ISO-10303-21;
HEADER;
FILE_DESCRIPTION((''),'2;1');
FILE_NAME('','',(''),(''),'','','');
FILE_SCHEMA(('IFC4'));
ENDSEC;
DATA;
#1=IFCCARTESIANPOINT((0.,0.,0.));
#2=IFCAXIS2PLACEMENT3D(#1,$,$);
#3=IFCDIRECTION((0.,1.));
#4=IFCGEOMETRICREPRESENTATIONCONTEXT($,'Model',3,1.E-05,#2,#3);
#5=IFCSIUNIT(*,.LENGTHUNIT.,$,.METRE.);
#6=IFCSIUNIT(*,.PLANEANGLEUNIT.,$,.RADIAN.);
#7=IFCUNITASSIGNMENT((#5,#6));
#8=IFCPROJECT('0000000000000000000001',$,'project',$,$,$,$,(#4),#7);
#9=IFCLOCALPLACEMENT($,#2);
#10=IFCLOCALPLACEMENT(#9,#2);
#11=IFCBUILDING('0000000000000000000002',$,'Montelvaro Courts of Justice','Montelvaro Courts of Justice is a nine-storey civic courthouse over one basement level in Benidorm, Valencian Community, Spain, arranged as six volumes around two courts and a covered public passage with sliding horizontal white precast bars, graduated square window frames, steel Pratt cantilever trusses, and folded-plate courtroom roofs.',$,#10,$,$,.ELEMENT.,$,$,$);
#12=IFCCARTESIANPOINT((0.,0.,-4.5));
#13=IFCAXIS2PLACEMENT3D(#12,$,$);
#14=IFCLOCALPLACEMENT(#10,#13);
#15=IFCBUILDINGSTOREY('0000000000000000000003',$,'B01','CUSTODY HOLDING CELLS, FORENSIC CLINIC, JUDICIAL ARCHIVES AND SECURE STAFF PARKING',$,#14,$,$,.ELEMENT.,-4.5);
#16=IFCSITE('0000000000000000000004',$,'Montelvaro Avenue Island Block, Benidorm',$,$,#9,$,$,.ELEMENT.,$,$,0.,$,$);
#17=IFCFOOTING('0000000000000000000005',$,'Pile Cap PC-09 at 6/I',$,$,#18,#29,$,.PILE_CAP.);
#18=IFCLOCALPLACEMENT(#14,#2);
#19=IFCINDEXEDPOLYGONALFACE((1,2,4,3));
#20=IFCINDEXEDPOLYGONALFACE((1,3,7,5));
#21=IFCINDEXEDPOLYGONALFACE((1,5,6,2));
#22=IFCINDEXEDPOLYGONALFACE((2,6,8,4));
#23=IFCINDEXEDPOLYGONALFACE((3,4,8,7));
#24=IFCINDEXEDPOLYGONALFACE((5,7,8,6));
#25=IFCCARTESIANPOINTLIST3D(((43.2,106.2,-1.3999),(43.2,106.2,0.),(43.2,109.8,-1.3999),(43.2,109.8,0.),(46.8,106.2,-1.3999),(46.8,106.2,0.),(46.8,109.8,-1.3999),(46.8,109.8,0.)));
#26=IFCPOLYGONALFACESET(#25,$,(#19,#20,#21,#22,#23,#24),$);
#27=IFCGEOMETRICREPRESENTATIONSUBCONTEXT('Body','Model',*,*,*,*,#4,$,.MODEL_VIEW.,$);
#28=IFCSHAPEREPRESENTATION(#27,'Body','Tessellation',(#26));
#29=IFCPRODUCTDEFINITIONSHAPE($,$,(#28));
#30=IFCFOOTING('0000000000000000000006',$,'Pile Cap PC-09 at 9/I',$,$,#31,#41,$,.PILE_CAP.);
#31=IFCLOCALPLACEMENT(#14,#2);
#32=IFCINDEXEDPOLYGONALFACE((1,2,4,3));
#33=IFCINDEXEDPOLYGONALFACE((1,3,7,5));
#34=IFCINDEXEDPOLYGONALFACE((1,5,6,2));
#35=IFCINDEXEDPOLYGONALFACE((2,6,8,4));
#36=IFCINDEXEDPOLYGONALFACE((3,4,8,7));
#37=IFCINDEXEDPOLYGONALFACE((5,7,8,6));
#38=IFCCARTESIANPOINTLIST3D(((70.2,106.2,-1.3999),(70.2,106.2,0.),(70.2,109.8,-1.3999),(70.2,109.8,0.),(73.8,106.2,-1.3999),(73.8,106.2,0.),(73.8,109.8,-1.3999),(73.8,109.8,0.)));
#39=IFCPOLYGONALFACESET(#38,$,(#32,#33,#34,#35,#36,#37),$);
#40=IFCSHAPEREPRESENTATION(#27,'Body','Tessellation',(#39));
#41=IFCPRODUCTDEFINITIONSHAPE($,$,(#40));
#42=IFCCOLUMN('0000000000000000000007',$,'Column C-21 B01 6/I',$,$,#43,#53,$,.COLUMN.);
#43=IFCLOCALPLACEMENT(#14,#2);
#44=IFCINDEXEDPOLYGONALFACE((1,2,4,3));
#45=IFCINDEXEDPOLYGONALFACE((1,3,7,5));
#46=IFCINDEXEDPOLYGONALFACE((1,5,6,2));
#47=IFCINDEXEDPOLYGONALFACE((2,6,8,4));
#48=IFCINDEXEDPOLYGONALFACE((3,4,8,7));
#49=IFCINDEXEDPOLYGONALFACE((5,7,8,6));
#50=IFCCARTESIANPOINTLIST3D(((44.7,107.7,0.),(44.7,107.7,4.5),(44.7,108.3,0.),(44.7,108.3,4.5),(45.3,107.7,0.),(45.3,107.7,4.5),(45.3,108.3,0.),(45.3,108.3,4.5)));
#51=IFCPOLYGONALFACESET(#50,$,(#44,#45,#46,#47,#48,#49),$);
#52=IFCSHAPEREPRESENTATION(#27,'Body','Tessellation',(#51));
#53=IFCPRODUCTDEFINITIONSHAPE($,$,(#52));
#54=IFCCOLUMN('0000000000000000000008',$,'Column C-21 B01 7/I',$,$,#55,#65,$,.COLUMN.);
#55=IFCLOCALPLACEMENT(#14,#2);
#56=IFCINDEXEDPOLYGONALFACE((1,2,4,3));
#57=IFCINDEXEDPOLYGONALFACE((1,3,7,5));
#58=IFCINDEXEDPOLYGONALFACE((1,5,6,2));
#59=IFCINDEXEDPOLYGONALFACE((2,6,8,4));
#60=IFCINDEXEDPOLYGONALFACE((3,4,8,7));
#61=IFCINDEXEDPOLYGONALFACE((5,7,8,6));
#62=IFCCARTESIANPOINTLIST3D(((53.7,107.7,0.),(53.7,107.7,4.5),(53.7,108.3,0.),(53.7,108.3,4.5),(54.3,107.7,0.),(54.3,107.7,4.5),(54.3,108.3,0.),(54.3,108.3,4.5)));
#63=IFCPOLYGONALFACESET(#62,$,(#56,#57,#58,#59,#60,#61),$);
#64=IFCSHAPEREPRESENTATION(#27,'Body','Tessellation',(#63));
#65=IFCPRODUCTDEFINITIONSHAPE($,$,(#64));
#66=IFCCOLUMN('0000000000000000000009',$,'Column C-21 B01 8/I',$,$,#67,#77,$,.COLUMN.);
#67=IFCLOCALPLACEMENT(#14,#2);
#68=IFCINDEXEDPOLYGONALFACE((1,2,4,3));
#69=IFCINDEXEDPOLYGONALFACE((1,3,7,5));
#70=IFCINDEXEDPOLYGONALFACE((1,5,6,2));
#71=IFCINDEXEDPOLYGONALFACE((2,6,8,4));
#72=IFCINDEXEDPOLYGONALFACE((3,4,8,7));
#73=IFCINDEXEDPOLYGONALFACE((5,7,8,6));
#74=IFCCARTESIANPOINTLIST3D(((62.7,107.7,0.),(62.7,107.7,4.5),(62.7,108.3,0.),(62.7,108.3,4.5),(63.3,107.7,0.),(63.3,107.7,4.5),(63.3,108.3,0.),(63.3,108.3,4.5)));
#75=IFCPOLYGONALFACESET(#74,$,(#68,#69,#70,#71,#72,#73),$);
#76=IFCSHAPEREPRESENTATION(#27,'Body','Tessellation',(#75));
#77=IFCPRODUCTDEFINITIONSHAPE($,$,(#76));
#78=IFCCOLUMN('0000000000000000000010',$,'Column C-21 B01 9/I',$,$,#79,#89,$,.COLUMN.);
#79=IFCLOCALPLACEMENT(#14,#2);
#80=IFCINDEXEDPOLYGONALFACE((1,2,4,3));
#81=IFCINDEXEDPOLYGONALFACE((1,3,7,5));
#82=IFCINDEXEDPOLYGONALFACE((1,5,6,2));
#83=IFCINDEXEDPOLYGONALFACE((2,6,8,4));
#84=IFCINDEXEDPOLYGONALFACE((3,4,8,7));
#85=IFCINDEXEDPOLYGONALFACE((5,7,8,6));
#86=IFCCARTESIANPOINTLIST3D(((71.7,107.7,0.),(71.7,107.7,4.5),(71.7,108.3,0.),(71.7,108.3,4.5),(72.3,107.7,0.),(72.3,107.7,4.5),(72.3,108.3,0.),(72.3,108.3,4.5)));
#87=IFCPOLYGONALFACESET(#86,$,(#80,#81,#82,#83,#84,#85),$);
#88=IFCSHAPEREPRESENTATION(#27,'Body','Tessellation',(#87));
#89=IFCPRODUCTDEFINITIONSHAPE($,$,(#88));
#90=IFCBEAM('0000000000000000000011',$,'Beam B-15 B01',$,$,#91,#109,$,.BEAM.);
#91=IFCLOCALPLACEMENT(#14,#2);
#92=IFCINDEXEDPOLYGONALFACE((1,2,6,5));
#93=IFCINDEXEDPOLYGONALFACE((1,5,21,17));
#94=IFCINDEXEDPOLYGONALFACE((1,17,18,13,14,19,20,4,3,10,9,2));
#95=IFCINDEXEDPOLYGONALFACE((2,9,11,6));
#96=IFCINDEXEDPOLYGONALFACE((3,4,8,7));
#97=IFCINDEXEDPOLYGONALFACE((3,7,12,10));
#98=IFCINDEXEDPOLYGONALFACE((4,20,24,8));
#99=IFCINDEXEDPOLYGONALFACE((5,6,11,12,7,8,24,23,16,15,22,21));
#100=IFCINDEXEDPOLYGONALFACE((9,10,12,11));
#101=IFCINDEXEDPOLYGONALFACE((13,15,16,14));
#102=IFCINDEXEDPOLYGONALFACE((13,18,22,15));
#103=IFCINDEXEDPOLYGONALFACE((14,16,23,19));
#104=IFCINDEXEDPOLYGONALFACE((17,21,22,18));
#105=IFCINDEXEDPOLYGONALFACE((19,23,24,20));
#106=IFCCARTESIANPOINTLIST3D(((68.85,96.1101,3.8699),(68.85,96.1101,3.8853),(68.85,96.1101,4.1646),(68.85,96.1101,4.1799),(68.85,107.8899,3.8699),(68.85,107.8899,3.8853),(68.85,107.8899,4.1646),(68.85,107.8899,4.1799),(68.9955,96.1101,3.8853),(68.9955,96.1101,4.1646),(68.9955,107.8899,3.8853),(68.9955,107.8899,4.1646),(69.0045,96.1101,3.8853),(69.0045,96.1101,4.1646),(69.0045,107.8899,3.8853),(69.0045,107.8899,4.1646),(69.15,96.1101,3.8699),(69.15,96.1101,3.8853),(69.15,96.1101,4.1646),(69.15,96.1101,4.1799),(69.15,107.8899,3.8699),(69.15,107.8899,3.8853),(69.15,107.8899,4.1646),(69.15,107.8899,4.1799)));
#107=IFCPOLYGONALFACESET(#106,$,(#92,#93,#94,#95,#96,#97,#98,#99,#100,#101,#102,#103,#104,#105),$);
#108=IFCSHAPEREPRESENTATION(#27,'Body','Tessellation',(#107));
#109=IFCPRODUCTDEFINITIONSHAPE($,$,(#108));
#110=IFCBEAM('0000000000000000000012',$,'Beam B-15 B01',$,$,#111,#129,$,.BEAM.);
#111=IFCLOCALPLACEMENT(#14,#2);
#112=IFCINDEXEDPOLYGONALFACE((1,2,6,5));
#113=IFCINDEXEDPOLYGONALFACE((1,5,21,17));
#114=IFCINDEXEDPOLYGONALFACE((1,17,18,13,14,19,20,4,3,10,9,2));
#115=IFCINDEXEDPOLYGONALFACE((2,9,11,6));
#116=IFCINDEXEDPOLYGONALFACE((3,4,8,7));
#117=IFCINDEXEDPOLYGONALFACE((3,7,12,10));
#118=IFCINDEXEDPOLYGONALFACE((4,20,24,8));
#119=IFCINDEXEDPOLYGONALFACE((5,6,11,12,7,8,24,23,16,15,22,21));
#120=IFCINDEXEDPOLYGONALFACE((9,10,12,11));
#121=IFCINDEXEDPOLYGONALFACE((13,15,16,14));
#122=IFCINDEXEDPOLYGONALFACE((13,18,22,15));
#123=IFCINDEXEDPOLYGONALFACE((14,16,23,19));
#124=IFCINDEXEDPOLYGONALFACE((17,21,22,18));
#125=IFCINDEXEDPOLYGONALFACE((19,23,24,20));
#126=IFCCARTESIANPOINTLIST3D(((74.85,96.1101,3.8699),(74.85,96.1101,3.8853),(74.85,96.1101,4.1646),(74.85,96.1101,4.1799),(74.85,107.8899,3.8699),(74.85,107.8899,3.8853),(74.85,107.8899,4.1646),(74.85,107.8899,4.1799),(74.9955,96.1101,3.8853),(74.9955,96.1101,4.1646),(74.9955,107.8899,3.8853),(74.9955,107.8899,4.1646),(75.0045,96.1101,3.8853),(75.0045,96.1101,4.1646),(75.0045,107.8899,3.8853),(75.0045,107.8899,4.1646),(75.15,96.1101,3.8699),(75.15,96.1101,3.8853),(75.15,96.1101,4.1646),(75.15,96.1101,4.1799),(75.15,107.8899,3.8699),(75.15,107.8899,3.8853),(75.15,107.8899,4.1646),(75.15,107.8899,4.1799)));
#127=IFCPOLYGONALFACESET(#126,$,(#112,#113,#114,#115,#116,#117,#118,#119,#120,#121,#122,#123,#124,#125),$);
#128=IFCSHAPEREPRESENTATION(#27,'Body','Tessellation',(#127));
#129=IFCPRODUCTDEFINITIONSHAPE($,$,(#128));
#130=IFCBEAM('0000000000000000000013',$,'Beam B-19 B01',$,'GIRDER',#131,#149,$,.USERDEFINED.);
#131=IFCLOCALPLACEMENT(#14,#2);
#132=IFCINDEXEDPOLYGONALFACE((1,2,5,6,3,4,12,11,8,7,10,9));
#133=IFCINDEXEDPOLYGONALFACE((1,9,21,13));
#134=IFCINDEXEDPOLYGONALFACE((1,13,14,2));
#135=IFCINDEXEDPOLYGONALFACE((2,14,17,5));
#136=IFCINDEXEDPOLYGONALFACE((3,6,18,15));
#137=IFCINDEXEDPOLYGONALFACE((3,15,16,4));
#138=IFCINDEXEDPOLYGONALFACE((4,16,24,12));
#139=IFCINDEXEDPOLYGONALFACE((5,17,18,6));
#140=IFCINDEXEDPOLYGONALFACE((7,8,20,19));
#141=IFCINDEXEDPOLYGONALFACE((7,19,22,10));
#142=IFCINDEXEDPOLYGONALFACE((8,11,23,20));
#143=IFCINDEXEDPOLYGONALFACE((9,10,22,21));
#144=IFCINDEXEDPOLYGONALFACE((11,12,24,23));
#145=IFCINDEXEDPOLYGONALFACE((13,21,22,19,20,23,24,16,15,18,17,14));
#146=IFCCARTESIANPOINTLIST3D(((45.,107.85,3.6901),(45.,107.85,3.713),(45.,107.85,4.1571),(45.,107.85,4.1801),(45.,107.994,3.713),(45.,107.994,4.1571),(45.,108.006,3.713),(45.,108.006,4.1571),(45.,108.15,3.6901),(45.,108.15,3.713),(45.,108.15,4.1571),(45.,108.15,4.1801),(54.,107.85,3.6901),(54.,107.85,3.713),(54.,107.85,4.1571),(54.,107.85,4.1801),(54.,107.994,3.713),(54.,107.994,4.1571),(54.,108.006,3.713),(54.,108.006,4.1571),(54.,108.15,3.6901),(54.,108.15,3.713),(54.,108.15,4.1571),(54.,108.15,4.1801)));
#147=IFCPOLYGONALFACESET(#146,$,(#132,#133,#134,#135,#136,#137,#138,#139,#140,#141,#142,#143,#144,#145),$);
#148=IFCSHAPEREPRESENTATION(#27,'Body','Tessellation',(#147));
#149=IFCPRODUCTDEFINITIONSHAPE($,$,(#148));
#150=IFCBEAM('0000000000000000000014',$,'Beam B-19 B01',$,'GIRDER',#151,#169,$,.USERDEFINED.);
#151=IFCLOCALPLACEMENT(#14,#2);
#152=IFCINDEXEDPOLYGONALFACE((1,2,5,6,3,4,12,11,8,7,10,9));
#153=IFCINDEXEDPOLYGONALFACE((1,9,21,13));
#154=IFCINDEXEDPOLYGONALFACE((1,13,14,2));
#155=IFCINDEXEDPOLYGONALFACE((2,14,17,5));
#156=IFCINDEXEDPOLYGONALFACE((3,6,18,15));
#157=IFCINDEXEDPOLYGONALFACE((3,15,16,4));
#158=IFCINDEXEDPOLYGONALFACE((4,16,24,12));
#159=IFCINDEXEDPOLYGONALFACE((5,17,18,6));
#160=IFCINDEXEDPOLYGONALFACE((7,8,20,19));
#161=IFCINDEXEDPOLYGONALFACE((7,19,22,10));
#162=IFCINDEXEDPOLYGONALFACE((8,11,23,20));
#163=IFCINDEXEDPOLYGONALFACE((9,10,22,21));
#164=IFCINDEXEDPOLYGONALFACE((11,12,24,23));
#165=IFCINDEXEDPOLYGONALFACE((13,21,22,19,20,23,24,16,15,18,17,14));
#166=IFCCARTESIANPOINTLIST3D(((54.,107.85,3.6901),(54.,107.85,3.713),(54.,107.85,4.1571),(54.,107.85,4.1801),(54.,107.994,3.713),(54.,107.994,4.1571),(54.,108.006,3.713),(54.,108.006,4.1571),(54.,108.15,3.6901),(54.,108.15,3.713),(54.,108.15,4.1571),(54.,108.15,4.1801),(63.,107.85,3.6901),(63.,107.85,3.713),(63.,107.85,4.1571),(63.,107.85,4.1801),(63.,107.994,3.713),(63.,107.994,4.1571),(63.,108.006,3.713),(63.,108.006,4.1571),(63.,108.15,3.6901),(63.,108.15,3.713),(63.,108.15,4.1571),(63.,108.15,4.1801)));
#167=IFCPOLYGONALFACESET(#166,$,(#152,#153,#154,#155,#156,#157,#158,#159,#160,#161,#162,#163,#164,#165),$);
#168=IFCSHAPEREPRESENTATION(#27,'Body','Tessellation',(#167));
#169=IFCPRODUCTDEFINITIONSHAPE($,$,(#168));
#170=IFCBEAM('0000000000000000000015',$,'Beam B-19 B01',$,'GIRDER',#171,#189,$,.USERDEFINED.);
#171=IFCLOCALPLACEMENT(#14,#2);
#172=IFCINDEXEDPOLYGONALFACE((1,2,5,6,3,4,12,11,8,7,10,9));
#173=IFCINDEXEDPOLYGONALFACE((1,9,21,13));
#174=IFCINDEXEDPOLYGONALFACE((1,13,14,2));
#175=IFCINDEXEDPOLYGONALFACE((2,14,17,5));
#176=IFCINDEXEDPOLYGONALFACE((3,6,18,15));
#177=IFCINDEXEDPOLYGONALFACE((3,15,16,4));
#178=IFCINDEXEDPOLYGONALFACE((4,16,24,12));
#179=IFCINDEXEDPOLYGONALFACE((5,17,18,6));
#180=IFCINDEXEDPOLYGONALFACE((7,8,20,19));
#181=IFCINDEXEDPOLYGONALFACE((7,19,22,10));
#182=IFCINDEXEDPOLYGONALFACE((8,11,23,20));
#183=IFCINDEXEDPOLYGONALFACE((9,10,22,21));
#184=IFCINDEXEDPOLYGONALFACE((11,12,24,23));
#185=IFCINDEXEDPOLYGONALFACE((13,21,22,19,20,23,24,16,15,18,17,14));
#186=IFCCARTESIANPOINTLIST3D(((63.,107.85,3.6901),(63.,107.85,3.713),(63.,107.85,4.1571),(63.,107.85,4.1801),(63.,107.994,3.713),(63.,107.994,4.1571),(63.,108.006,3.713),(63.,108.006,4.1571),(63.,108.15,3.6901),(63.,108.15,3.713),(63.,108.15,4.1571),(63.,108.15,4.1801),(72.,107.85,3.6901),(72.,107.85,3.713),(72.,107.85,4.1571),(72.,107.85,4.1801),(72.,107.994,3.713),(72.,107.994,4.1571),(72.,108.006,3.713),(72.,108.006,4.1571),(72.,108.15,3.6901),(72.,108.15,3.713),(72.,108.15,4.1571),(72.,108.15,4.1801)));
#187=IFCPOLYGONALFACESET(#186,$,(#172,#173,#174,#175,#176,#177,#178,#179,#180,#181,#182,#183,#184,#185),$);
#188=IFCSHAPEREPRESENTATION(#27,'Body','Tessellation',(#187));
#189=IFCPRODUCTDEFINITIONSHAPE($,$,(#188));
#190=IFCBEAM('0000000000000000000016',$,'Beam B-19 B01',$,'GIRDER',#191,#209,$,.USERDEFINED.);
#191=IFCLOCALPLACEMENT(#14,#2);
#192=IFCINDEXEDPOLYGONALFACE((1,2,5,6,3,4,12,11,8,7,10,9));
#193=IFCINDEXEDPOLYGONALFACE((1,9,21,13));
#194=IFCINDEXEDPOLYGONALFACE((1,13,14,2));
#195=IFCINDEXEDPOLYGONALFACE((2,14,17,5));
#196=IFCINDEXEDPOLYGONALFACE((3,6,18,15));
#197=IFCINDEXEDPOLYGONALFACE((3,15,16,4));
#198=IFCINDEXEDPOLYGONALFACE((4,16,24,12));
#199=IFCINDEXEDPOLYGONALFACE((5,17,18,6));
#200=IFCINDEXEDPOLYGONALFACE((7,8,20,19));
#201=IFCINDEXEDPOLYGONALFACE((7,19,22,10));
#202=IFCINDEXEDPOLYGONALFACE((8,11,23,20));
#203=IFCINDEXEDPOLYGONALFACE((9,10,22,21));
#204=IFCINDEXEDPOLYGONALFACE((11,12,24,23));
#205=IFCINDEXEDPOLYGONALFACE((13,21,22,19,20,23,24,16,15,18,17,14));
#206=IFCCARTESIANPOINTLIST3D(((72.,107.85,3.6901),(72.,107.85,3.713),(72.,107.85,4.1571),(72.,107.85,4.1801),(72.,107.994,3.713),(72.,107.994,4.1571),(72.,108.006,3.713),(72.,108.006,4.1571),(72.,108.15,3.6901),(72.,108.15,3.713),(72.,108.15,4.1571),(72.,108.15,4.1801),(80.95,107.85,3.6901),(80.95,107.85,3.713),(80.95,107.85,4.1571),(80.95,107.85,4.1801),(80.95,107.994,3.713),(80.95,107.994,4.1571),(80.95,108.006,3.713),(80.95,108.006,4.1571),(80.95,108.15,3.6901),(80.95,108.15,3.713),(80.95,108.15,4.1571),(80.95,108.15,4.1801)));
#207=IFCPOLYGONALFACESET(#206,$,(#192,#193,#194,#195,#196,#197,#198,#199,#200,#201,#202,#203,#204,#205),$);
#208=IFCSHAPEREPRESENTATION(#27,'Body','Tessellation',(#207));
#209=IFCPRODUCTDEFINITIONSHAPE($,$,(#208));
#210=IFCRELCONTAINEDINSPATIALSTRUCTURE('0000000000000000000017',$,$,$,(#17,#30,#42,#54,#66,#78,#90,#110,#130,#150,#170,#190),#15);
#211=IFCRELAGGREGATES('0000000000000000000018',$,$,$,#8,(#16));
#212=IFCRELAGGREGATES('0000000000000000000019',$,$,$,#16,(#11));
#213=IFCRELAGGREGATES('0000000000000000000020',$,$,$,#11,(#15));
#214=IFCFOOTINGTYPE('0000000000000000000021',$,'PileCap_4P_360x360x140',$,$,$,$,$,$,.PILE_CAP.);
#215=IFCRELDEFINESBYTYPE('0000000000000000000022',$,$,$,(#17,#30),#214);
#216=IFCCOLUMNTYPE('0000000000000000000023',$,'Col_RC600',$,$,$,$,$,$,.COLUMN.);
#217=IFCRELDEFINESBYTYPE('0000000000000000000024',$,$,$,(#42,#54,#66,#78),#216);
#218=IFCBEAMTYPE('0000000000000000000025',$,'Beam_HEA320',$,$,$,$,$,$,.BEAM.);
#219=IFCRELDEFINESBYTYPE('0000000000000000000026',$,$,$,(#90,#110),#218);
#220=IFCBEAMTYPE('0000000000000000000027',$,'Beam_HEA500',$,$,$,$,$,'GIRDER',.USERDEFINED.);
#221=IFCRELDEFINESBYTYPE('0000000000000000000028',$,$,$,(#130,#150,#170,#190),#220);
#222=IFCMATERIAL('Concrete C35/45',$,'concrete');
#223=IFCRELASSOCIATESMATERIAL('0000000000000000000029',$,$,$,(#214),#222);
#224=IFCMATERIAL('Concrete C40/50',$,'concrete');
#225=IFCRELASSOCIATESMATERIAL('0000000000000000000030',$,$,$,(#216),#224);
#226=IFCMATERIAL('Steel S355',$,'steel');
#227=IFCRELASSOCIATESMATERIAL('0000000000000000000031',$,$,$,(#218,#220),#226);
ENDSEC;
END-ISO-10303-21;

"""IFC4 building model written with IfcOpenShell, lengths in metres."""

from ifc_helpers import new_model, si_unit, direction, frame, origin, origin_2d, place, context, subcontext, project, spatial, rectangle, i_section, extrude, material, material_profile, profile_set, type_object, element, save


model = new_model("IFC4")

# Units and contexts
model_context = context("Model", 3, precision=1e-05, world=origin(), true_north=direction((0.0, 1.0)))
body_context = subcontext(model_context, "Body", "Model", "MODEL_VIEW")
ifc_project = project(units=[si_unit("LENGTHUNIT", "METRE"), si_unit("PLANEANGLEUNIT", "RADIAN")], contexts=[model_context])

# Site, building, storey
site_placement = place(None, origin())
site = spatial("IfcSite", under=ifc_project, at=site_placement, Name="Montelvaro Avenue Island Block, Benidorm", CompositionType="ELEMENT", RefElevation=0.0)
building_placement = place(site_placement, origin())
building = spatial("IfcBuilding", under=site, at=building_placement, Name="Montelvaro Courts of Justice", Description="Montelvaro Courts of Justice is a nine-storey civic courthouse over one basement level in Benidorm, Valencian Community, Spain, arranged as six volumes around two courts and a covered public passage with sliding horizontal white precast bars, graduated square window frames, steel Pratt cantilever trusses, and folded-plate courtroom roofs.", CompositionType="ELEMENT")
storey_placement = place(building_placement, frame((0.0, 0.0, -4.5)))
storey = spatial("IfcBuildingStorey", under=building, at=storey_placement, Name="B01", Description="CUSTODY HOLDING CELLS, FORENSIC CLINIC, JUDICIAL ARCHIVES AND SECURE STAFF PARKING", CompositionType="ELEMENT", Elevation=-4.5)

# Shared definitions
ifc_material_1 = material(Name="Concrete C35/45", Category="concrete")

# Footings
footing_type_1 = type_object("IfcFootingType", Name="PileCap_4P_360x360x140", PredefinedType="PILE_CAP", material=ifc_material_1)
for number, where, z_axis, x_axis, name in (
    (1, (45.0, 108.0, -1.3999), (0.0, 0.0, 1.0), (1.0, 0.0, 0.0), "Pile Cap PC-09 at 6/I"),
    (2, (72.0, 108.0, -1.3999), (0.0, 0.0, 1.0), (1.0, 0.0, 0.0), "Pile Cap PC-09 at 9/I"),
):
    element("IfcFooting", number, at=place(storey_placement, frame(where, z_axis=z_axis, x_axis=x_axis)), inside=storey, type_object=footing_type_1, Name=name, PredefinedType="PILE_CAP", context=body_context, shape_type="SweptSolid", body=[
        extrude(rectangle(XDim=3.6001, YDim=3.6001, at=origin_2d()), origin(), (0.0, 0.0, 1.0), 1.3999),
    ])

# Columns
ifc_material_2 = material(Name="Concrete C40/50", Category="concrete")
ifc_material_profile_1 = material_profile(ifc_material_2, rectangle(XDim=0.6001, YDim=0.6001, at=origin_2d()), Name="RC 600x600")
ifc_profile_set_1 = profile_set([ifc_material_profile_1], Name="Concrete C40/50")
column_type = type_object("IfcColumnType", Name="Col_RC600", PredefinedType="COLUMN", material=ifc_profile_set_1)
for number, where, z_axis, x_axis, name in (
    (3, (45.0, 108.0, 0.0), (0.0, 0.0, 1.0), (1.0, 0.0, 0.0), "Column C-21 B01 6/I"),
    (4, (54.0, 108.0, 0.0), (0.0, 0.0, 1.0), (1.0, 0.0, 0.0), "Column C-21 B01 7/I"),
    (5, (63.0, 108.0, 0.0), (0.0, 0.0, 1.0), (1.0, 0.0, 0.0), "Column C-21 B01 8/I"),
    (6, (72.0, 108.0, 0.0), (0.0, 0.0, 1.0), (1.0, 0.0, 0.0), "Column C-21 B01 9/I"),
):
    element("IfcColumn", number, at=place(storey_placement, frame(where, z_axis=z_axis, x_axis=x_axis)), inside=storey, type_object=column_type, Name=name, PredefinedType="COLUMN", context=body_context, shape_type="SweptSolid", body=[
        extrude(rectangle(XDim=0.6001, YDim=0.6001, at=origin_2d()), origin(), (0.0, 0.0, 1.0), 4.5),
    ])

# Beams
ifc_material_3 = material(Name="Steel S355", Category="steel")
ifc_material_profile_2 = material_profile(ifc_material_3, i_section(OverallWidth=0.3, OverallDepth=0.3101, WebThickness=0.009, FlangeThickness=0.0154, at=origin_2d()), Name="HEA 320")
ifc_profile_set_2 = profile_set([ifc_material_profile_2], Name="Steel S355")
beam_type_1 = type_object("IfcBeamType", Name="Beam_HEA320", PredefinedType="BEAM", material=ifc_profile_set_2)
for number, where, z_axis, x_axis, name in (
    (7, (69.0, 96.1101, 4.0249), (0.0, 1.0, 0.0), (-1.0, 0.0, 0.0), "Beam B-15 B01"),
    (8, (75.0, 96.1101, 4.0249), (0.0, 1.0, 0.0), (-1.0, 0.0, 0.0), "Beam B-15 B01"),
):
    element("IfcBeam", number, at=place(storey_placement, frame(where, z_axis=z_axis, x_axis=x_axis)), inside=storey, type_object=beam_type_1, Name=name, PredefinedType="BEAM", context=body_context, shape_type="SweptSolid", body=[
        extrude(i_section(OverallWidth=0.3, OverallDepth=0.3101, WebThickness=0.009, FlangeThickness=0.0154, at=origin_2d()), origin(), (0.0, 0.0, 1.0), 11.7798),
    ])
ifc_material_profile_3 = material_profile(ifc_material_3, i_section(OverallWidth=0.3, OverallDepth=0.49, WebThickness=0.012, FlangeThickness=0.0229, at=origin_2d()), Name="HEA 500")
ifc_profile_set_3 = profile_set([ifc_material_profile_3], Name="Steel S355")
beam_type_2 = type_object("IfcBeamType", Name="Beam_HEA500", ElementType="GIRDER", PredefinedType="USERDEFINED", material=ifc_profile_set_3)
for number, where, z_axis, x_axis, name in (
    (9, (45.0, 108.0, 3.9351), (1.0, 0.0, 0.0), (0.0, 1.0, 0.0), "Beam B-19 B01"),
    (10, (54.0, 108.0, 3.9351), (1.0, 0.0, 0.0), (0.0, 1.0, 0.0), "Beam B-19 B01"),
    (11, (63.0, 108.0, 3.9351), (1.0, 0.0, 0.0), (0.0, 1.0, 0.0), "Beam B-19 B01"),
):
    element("IfcBeam", number, at=place(storey_placement, frame(where, z_axis=z_axis, x_axis=x_axis)), inside=storey, type_object=beam_type_2, Name=name, ObjectType="GIRDER", PredefinedType="USERDEFINED", context=body_context, shape_type="SweptSolid", body=[
        extrude(i_section(OverallWidth=0.3, OverallDepth=0.49, WebThickness=0.012, FlangeThickness=0.0229, at=origin_2d()), origin(), (0.0, 0.0, 1.0), 9.0),
    ])
beam_placement = place(storey_placement, frame((72.0, 108.0, 3.9351), z_axis=(1.0, 0.0, 0.0), x_axis=(0.0, 1.0, 0.0)))
element("IfcBeam", 12, at=beam_placement, inside=storey, type_object=beam_type_2, Name="Beam B-19 B01", ObjectType="GIRDER", PredefinedType="USERDEFINED", context=body_context, shape_type="SweptSolid", body=[
    extrude(i_section(OverallWidth=0.3, OverallDepth=0.49, WebThickness=0.012, FlangeThickness=0.0229, at=origin_2d()), origin(), (0.0, 0.0, 1.0), 8.95),
])

save(model, "model.ifc")
